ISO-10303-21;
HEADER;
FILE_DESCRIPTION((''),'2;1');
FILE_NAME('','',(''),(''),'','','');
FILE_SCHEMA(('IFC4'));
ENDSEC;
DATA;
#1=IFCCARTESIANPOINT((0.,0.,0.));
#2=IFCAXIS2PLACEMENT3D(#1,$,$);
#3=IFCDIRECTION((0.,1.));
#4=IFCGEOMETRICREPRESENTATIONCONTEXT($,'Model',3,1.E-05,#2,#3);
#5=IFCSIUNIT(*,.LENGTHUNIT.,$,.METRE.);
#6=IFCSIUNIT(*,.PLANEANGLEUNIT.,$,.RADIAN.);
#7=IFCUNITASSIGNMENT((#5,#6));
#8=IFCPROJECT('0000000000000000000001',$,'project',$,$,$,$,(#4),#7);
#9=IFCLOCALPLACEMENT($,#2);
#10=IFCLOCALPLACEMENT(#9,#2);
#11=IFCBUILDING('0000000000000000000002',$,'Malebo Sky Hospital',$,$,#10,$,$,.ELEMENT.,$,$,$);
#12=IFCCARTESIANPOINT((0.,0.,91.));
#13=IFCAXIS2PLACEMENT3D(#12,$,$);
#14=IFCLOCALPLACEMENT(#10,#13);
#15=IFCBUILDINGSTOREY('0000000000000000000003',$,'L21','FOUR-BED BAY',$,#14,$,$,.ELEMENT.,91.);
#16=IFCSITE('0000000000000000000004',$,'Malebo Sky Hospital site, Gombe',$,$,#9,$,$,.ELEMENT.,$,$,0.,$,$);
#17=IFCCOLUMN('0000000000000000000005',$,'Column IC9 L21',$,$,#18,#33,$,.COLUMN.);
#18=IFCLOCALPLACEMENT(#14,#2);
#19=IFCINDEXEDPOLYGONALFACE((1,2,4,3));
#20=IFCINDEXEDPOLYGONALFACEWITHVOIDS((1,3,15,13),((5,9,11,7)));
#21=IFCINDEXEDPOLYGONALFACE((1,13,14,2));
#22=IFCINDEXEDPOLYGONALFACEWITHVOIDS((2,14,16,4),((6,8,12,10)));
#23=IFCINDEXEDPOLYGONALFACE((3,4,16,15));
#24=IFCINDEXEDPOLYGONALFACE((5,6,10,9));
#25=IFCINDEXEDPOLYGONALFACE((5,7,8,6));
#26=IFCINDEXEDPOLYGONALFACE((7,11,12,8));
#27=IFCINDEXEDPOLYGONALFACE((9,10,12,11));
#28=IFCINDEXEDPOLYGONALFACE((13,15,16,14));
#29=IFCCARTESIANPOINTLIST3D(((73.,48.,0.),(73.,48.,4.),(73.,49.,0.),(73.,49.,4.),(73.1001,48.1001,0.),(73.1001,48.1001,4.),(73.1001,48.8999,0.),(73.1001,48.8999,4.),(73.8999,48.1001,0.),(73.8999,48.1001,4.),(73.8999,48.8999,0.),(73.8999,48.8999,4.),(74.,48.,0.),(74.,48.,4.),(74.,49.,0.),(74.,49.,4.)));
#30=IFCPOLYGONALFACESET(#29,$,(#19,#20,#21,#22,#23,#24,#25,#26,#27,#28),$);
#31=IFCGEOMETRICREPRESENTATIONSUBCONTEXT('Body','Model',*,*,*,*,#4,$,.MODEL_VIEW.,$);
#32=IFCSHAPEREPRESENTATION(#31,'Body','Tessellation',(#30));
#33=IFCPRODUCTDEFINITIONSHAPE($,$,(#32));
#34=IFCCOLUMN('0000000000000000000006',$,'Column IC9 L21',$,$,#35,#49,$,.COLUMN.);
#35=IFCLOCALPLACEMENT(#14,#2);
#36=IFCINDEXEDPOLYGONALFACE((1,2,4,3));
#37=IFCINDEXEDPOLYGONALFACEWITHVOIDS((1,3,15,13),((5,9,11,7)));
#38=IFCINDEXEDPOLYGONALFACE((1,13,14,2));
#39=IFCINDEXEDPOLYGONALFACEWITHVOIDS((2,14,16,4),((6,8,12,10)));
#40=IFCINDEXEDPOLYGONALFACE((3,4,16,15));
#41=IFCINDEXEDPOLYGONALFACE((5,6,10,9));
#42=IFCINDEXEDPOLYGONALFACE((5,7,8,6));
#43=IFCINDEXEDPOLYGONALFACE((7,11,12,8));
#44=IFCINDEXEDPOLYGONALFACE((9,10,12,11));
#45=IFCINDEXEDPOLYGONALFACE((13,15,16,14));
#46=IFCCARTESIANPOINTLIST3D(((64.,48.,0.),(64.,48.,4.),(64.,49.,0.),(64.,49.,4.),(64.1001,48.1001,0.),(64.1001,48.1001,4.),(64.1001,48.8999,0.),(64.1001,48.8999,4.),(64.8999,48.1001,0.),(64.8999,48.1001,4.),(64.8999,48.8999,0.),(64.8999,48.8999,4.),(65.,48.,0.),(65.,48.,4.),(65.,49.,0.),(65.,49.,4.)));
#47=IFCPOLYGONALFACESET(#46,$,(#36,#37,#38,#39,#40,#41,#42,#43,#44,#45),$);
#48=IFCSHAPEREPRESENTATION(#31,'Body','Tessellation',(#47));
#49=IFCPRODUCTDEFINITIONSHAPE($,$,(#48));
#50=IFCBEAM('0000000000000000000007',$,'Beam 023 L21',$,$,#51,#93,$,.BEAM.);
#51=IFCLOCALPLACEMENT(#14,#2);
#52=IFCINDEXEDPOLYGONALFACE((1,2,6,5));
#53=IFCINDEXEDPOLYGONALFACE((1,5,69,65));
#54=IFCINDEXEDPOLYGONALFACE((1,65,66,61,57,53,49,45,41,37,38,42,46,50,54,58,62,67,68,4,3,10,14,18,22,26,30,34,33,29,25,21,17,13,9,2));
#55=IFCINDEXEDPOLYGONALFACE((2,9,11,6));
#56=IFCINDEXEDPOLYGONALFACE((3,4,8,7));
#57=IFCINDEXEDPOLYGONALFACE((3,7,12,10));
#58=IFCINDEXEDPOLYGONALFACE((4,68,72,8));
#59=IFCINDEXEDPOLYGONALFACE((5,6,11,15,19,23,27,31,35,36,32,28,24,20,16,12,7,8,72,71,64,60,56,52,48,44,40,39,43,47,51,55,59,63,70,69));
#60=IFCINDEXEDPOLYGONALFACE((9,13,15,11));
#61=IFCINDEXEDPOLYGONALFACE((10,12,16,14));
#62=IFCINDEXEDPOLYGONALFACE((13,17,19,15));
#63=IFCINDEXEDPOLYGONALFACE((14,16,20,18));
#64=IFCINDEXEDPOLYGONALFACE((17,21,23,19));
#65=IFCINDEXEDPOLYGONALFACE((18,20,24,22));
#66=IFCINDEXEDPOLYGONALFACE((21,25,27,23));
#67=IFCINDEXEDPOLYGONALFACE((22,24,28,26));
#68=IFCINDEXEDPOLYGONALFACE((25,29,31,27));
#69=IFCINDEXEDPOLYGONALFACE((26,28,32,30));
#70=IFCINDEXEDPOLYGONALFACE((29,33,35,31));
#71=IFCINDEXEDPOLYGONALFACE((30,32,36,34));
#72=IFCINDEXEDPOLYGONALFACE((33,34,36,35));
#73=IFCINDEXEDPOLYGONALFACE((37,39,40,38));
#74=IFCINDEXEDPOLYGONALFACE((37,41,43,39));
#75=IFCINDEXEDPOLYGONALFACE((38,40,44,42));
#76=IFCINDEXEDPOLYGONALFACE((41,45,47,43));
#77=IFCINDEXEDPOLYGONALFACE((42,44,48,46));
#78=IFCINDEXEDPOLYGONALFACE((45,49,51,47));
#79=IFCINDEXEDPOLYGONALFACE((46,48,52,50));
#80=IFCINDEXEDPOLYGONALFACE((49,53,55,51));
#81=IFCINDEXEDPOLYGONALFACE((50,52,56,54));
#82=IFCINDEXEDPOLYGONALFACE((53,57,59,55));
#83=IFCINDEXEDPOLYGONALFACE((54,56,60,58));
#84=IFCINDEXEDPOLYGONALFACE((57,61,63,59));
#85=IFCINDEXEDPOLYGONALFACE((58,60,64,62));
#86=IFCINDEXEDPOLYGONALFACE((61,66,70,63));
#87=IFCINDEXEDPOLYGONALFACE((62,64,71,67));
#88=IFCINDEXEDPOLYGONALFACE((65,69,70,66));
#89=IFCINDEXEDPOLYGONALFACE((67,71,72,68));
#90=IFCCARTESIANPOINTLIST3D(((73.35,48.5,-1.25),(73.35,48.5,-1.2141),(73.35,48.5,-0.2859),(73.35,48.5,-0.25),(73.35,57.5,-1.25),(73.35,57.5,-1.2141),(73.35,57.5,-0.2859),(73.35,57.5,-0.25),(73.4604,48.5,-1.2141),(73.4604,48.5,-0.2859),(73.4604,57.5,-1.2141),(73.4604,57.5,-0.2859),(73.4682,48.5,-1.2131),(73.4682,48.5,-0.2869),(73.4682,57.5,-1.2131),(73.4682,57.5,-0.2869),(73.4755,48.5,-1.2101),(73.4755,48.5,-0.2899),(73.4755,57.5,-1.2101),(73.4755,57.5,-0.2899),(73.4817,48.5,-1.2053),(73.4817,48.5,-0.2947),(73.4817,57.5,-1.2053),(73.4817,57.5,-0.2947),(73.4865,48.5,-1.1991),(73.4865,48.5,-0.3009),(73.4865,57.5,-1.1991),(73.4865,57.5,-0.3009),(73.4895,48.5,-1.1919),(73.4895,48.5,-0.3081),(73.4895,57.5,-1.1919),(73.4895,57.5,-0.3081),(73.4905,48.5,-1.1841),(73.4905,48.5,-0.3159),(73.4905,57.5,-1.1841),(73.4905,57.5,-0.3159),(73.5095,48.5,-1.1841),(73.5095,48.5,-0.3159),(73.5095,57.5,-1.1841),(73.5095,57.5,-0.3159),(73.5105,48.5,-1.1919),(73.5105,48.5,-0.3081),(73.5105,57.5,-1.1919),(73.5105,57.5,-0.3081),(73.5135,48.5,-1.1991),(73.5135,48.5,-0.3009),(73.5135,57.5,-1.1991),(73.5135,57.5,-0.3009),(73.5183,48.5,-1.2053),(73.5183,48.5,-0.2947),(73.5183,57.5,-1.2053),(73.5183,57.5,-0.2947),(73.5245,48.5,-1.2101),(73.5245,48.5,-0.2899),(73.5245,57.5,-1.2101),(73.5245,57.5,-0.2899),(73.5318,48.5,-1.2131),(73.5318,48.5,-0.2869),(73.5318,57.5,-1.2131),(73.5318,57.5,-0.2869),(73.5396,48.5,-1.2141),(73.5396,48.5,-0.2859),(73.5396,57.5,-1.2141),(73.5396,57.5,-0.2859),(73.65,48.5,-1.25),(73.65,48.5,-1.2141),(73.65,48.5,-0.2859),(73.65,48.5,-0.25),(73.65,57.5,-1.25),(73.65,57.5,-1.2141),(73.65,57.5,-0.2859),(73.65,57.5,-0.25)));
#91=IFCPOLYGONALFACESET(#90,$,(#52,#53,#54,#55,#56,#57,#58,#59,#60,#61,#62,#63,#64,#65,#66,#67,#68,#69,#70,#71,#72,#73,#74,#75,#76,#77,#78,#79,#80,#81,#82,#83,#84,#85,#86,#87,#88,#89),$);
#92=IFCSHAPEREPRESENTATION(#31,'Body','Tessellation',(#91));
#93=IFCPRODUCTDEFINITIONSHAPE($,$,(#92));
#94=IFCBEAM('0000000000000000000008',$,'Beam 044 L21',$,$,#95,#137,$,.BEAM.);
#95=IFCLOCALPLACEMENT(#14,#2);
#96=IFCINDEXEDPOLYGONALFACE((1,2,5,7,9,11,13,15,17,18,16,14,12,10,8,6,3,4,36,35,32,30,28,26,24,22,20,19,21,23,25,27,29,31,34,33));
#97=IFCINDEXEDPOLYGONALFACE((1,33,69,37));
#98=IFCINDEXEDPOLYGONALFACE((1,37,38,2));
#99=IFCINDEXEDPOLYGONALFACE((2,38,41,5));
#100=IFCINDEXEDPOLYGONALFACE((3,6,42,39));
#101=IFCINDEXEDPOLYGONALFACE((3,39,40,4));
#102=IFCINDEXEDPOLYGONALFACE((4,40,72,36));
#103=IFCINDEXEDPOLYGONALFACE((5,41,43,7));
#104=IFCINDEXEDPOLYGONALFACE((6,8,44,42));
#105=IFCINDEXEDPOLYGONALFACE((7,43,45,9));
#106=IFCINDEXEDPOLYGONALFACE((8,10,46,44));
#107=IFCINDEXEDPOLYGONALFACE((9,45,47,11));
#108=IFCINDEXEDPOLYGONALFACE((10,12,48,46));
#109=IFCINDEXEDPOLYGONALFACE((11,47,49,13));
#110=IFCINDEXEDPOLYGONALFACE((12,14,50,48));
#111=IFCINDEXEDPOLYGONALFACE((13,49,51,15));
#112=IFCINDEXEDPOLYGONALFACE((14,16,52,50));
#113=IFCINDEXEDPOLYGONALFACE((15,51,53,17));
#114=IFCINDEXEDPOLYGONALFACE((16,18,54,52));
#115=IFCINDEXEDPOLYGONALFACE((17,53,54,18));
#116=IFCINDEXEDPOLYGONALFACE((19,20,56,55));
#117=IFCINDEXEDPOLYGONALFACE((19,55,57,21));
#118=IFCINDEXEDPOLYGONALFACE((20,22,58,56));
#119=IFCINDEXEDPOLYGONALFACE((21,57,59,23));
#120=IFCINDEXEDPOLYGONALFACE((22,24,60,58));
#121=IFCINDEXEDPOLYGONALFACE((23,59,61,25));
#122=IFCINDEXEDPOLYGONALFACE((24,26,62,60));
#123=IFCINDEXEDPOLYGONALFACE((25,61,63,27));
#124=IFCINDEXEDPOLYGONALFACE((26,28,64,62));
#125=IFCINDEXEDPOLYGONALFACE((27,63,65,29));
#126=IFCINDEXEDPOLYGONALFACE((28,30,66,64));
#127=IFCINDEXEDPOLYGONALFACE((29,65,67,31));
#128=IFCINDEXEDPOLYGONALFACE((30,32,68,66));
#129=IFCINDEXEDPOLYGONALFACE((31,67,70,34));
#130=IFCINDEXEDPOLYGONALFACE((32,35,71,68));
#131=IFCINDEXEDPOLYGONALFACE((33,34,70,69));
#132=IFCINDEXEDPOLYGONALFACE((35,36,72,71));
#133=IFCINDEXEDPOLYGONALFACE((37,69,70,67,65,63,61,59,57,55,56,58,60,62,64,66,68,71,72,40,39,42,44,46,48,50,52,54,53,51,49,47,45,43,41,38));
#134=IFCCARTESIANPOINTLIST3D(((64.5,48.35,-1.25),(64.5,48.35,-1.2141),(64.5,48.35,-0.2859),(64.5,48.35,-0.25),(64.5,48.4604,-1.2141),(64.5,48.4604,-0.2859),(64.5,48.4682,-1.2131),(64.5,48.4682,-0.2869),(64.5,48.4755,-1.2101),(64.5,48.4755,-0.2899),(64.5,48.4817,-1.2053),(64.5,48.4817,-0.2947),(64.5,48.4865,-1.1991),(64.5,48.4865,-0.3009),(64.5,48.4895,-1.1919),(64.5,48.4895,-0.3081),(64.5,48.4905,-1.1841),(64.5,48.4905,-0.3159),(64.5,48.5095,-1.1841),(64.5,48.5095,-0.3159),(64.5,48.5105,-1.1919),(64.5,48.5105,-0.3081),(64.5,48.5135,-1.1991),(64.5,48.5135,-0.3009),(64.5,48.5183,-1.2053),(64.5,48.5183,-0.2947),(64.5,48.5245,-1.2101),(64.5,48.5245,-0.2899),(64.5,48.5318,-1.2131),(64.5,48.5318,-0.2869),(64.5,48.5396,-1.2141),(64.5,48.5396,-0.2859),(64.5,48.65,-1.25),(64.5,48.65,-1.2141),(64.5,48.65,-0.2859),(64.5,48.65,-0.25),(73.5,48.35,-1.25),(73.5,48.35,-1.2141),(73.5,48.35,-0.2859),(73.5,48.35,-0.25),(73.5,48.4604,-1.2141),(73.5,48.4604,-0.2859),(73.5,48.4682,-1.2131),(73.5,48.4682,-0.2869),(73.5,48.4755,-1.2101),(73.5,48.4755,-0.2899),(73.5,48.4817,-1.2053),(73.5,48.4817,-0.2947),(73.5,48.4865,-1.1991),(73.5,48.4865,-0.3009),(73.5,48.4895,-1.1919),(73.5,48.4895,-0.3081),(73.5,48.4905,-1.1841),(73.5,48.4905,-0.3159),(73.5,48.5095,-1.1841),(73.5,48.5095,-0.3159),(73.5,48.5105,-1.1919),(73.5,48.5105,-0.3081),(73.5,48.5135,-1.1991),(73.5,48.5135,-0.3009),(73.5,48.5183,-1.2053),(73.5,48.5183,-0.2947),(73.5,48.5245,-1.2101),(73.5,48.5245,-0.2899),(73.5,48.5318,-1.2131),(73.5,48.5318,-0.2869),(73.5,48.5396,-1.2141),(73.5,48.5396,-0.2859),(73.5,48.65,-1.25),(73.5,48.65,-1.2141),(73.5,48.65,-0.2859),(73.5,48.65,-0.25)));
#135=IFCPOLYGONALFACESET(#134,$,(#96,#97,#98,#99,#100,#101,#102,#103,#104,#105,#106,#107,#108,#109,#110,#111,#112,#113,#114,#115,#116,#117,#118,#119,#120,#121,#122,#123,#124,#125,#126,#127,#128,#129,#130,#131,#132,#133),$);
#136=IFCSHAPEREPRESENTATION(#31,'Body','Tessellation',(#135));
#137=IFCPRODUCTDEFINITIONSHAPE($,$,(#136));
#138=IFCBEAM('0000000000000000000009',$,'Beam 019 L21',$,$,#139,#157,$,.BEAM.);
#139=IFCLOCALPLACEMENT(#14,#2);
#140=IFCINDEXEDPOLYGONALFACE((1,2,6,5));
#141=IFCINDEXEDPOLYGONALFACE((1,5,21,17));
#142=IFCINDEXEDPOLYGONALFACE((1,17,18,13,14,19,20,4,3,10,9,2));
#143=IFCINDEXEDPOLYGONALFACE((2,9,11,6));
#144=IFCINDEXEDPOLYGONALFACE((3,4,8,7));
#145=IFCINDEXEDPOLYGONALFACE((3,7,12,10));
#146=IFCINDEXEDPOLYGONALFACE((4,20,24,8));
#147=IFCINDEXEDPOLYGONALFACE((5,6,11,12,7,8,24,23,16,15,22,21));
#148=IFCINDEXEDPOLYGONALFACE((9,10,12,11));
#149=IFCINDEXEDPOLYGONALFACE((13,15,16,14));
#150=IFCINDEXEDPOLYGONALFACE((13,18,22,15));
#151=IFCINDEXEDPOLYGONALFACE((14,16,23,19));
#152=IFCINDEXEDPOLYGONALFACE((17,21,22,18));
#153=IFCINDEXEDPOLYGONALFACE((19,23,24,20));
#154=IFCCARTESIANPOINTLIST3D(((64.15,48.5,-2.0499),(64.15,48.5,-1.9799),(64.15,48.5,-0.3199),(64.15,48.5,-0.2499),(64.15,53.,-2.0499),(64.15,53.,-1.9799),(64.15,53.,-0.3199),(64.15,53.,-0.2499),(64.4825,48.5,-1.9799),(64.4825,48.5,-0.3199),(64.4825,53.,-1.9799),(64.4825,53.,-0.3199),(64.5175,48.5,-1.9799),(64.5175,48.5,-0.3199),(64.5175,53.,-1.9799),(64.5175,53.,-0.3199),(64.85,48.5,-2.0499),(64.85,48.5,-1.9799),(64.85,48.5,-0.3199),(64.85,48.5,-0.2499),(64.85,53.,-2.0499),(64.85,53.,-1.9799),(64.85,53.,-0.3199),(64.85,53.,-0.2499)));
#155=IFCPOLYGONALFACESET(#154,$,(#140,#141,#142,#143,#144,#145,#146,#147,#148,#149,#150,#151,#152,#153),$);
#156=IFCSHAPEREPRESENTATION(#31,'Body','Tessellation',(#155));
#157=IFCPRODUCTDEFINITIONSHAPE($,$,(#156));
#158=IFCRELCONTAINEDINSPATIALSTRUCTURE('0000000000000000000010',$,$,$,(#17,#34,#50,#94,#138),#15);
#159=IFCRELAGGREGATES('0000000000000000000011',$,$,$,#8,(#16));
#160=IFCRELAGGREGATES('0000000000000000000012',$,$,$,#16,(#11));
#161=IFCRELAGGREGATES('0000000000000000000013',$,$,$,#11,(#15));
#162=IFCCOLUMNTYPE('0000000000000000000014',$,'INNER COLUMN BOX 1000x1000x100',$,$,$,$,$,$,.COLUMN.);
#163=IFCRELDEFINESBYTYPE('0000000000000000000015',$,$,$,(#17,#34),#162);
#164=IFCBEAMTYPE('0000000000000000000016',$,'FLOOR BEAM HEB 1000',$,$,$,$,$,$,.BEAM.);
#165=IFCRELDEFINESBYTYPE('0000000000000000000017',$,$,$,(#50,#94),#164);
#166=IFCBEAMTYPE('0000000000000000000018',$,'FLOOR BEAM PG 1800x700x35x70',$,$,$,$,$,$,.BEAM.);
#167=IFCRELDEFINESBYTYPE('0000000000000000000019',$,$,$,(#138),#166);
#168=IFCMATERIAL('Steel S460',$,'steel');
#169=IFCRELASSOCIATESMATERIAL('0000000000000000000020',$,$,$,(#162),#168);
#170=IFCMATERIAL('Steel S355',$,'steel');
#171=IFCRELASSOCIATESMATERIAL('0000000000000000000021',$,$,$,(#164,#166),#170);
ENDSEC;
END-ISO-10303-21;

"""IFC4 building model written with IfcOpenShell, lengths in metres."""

from ifc_helpers import new_model, si_unit, direction, frame, origin, origin_2d, place, context, subcontext, project, spatial, hollow_rectangle, i_section, extrude, material, material_profile, profile_set, type_object, element, save


model = new_model("IFC4")

# Units and contexts
model_context = context("Model", 3, precision=1e-05, world=origin(), true_north=direction((0.0, 1.0)))
body_context = subcontext(model_context, "Body", "Model", "MODEL_VIEW")
ifc_project = project(units=[si_unit("LENGTHUNIT", "METRE"), si_unit("PLANEANGLEUNIT", "RADIAN")], contexts=[model_context])

# Site, building, storey
site_placement = place(None, origin())
site = spatial("IfcSite", under=ifc_project, at=site_placement, Name="Malebo Sky Hospital site, Gombe", CompositionType="ELEMENT", RefElevation=0.0)
building_placement = place(site_placement, origin())
building = spatial("IfcBuilding", under=site, at=building_placement, Name="Malebo Sky Hospital", CompositionType="ELEMENT")
storey_placement = place(building_placement, frame((0.0, 0.0, 91.0)))
storey = spatial("IfcBuildingStorey", under=building, at=storey_placement, Name="L21", Description="FOUR-BED BAY", CompositionType="ELEMENT", Elevation=91.0)

# Columns
ifc_material_1 = material(Name="Steel S460", Category="steel")
ifc_material_profile_1 = material_profile(ifc_material_1, hollow_rectangle(XDim=1.0, YDim=1.0, WallThickness=0.1001, at=origin_2d()), Name="BOX 1000x1000x100")
ifc_profile_set_1 = profile_set([ifc_material_profile_1], Name="Steel S460")
column_type = type_object("IfcColumnType", Name="INNER COLUMN BOX 1000x1000x100", PredefinedType="COLUMN", material=ifc_profile_set_1)
for number, where, z_axis, x_axis, name in (
    (1, (73.5, 48.5, 0.0), (0.0, 0.0, 1.0), (1.0, 0.0, 0.0), "Column IC9 L21"),
    (2, (64.5, 48.5, 0.0), (0.0, 0.0, 1.0), (1.0, 0.0, 0.0), "Column IC9 L21"),
):
    element("IfcColumn", number, at=place(storey_placement, frame(where, z_axis=z_axis, x_axis=x_axis)), inside=storey, type_object=column_type, Name=name, PredefinedType="COLUMN", context=body_context, shape_type="SweptSolid", body=[
        extrude(hollow_rectangle(XDim=1.0, YDim=1.0, WallThickness=0.1001, at=origin_2d()), origin(), (0.0, 0.0, 1.0), 4.0),
    ])

# Beams
ifc_material_2 = material(Name="Steel S355", Category="steel")
ifc_material_profile_2 = material_profile(ifc_material_2, i_section(OverallWidth=0.3, OverallDepth=1.0, WebThickness=0.019, FlangeThickness=0.0359, FilletRadius=0.03, at=origin_2d()), Name="HEB 1000")
ifc_profile_set_2 = profile_set([ifc_material_profile_2], Name="Steel S355")
beam_type_1 = type_object("IfcBeamType", Name="FLOOR BEAM HEB 1000", PredefinedType="BEAM", material=ifc_profile_set_2)
for number, where, z_axis, x_axis, name in (
    (3, (73.5, 48.5, -0.75), (0.0, 1.0, 0.0), (-1.0, 0.0, 0.0), "Beam 023 L21"),
    (4, (64.5, 48.5, -0.75), (1.0, 0.0, 0.0), (0.0, 1.0, 0.0), "Beam 044 L21"),
):
    element("IfcBeam", number, at=place(storey_placement, frame(where, z_axis=z_axis, x_axis=x_axis)), inside=storey, type_object=beam_type_1, Name=name, PredefinedType="BEAM", context=body_context, shape_type="SweptSolid", body=[
        extrude(i_section(OverallWidth=0.3, OverallDepth=1.0, WebThickness=0.019, FlangeThickness=0.0359, FilletRadius=0.03, at=origin_2d()), origin(), (0.0, 0.0, 1.0), 9.0),
    ])
ifc_material_profile_3 = material_profile(ifc_material_2, i_section(OverallWidth=0.7, OverallDepth=1.8, WebThickness=0.0349, FlangeThickness=0.0701, at=origin_2d()), Name="PG 1800x700x35x70")
ifc_profile_set_3 = profile_set([ifc_material_profile_3], Name="Steel S355")
beam_type_2 = type_object("IfcBeamType", Name="FLOOR BEAM PG 1800x700x35x70", PredefinedType="BEAM", material=ifc_profile_set_3)
beam_1_placement = place(storey_placement, frame((64.5, 48.5, -1.1499), z_axis=(0.0, 1.0, 0.0), x_axis=(-1.0, 0.0, 0.0)))
element("IfcBeam", 5, at=beam_1_placement, inside=storey, type_object=beam_type_2, Name="Beam 019 L21", PredefinedType="BEAM", context=body_context, shape_type="SweptSolid", body=[
    extrude(i_section(OverallWidth=0.7, OverallDepth=1.8, WebThickness=0.0349, FlangeThickness=0.0701, at=origin_2d()), origin(), (0.0, 0.0, 1.0), 4.5),
])

save(model, "model.ifc")
